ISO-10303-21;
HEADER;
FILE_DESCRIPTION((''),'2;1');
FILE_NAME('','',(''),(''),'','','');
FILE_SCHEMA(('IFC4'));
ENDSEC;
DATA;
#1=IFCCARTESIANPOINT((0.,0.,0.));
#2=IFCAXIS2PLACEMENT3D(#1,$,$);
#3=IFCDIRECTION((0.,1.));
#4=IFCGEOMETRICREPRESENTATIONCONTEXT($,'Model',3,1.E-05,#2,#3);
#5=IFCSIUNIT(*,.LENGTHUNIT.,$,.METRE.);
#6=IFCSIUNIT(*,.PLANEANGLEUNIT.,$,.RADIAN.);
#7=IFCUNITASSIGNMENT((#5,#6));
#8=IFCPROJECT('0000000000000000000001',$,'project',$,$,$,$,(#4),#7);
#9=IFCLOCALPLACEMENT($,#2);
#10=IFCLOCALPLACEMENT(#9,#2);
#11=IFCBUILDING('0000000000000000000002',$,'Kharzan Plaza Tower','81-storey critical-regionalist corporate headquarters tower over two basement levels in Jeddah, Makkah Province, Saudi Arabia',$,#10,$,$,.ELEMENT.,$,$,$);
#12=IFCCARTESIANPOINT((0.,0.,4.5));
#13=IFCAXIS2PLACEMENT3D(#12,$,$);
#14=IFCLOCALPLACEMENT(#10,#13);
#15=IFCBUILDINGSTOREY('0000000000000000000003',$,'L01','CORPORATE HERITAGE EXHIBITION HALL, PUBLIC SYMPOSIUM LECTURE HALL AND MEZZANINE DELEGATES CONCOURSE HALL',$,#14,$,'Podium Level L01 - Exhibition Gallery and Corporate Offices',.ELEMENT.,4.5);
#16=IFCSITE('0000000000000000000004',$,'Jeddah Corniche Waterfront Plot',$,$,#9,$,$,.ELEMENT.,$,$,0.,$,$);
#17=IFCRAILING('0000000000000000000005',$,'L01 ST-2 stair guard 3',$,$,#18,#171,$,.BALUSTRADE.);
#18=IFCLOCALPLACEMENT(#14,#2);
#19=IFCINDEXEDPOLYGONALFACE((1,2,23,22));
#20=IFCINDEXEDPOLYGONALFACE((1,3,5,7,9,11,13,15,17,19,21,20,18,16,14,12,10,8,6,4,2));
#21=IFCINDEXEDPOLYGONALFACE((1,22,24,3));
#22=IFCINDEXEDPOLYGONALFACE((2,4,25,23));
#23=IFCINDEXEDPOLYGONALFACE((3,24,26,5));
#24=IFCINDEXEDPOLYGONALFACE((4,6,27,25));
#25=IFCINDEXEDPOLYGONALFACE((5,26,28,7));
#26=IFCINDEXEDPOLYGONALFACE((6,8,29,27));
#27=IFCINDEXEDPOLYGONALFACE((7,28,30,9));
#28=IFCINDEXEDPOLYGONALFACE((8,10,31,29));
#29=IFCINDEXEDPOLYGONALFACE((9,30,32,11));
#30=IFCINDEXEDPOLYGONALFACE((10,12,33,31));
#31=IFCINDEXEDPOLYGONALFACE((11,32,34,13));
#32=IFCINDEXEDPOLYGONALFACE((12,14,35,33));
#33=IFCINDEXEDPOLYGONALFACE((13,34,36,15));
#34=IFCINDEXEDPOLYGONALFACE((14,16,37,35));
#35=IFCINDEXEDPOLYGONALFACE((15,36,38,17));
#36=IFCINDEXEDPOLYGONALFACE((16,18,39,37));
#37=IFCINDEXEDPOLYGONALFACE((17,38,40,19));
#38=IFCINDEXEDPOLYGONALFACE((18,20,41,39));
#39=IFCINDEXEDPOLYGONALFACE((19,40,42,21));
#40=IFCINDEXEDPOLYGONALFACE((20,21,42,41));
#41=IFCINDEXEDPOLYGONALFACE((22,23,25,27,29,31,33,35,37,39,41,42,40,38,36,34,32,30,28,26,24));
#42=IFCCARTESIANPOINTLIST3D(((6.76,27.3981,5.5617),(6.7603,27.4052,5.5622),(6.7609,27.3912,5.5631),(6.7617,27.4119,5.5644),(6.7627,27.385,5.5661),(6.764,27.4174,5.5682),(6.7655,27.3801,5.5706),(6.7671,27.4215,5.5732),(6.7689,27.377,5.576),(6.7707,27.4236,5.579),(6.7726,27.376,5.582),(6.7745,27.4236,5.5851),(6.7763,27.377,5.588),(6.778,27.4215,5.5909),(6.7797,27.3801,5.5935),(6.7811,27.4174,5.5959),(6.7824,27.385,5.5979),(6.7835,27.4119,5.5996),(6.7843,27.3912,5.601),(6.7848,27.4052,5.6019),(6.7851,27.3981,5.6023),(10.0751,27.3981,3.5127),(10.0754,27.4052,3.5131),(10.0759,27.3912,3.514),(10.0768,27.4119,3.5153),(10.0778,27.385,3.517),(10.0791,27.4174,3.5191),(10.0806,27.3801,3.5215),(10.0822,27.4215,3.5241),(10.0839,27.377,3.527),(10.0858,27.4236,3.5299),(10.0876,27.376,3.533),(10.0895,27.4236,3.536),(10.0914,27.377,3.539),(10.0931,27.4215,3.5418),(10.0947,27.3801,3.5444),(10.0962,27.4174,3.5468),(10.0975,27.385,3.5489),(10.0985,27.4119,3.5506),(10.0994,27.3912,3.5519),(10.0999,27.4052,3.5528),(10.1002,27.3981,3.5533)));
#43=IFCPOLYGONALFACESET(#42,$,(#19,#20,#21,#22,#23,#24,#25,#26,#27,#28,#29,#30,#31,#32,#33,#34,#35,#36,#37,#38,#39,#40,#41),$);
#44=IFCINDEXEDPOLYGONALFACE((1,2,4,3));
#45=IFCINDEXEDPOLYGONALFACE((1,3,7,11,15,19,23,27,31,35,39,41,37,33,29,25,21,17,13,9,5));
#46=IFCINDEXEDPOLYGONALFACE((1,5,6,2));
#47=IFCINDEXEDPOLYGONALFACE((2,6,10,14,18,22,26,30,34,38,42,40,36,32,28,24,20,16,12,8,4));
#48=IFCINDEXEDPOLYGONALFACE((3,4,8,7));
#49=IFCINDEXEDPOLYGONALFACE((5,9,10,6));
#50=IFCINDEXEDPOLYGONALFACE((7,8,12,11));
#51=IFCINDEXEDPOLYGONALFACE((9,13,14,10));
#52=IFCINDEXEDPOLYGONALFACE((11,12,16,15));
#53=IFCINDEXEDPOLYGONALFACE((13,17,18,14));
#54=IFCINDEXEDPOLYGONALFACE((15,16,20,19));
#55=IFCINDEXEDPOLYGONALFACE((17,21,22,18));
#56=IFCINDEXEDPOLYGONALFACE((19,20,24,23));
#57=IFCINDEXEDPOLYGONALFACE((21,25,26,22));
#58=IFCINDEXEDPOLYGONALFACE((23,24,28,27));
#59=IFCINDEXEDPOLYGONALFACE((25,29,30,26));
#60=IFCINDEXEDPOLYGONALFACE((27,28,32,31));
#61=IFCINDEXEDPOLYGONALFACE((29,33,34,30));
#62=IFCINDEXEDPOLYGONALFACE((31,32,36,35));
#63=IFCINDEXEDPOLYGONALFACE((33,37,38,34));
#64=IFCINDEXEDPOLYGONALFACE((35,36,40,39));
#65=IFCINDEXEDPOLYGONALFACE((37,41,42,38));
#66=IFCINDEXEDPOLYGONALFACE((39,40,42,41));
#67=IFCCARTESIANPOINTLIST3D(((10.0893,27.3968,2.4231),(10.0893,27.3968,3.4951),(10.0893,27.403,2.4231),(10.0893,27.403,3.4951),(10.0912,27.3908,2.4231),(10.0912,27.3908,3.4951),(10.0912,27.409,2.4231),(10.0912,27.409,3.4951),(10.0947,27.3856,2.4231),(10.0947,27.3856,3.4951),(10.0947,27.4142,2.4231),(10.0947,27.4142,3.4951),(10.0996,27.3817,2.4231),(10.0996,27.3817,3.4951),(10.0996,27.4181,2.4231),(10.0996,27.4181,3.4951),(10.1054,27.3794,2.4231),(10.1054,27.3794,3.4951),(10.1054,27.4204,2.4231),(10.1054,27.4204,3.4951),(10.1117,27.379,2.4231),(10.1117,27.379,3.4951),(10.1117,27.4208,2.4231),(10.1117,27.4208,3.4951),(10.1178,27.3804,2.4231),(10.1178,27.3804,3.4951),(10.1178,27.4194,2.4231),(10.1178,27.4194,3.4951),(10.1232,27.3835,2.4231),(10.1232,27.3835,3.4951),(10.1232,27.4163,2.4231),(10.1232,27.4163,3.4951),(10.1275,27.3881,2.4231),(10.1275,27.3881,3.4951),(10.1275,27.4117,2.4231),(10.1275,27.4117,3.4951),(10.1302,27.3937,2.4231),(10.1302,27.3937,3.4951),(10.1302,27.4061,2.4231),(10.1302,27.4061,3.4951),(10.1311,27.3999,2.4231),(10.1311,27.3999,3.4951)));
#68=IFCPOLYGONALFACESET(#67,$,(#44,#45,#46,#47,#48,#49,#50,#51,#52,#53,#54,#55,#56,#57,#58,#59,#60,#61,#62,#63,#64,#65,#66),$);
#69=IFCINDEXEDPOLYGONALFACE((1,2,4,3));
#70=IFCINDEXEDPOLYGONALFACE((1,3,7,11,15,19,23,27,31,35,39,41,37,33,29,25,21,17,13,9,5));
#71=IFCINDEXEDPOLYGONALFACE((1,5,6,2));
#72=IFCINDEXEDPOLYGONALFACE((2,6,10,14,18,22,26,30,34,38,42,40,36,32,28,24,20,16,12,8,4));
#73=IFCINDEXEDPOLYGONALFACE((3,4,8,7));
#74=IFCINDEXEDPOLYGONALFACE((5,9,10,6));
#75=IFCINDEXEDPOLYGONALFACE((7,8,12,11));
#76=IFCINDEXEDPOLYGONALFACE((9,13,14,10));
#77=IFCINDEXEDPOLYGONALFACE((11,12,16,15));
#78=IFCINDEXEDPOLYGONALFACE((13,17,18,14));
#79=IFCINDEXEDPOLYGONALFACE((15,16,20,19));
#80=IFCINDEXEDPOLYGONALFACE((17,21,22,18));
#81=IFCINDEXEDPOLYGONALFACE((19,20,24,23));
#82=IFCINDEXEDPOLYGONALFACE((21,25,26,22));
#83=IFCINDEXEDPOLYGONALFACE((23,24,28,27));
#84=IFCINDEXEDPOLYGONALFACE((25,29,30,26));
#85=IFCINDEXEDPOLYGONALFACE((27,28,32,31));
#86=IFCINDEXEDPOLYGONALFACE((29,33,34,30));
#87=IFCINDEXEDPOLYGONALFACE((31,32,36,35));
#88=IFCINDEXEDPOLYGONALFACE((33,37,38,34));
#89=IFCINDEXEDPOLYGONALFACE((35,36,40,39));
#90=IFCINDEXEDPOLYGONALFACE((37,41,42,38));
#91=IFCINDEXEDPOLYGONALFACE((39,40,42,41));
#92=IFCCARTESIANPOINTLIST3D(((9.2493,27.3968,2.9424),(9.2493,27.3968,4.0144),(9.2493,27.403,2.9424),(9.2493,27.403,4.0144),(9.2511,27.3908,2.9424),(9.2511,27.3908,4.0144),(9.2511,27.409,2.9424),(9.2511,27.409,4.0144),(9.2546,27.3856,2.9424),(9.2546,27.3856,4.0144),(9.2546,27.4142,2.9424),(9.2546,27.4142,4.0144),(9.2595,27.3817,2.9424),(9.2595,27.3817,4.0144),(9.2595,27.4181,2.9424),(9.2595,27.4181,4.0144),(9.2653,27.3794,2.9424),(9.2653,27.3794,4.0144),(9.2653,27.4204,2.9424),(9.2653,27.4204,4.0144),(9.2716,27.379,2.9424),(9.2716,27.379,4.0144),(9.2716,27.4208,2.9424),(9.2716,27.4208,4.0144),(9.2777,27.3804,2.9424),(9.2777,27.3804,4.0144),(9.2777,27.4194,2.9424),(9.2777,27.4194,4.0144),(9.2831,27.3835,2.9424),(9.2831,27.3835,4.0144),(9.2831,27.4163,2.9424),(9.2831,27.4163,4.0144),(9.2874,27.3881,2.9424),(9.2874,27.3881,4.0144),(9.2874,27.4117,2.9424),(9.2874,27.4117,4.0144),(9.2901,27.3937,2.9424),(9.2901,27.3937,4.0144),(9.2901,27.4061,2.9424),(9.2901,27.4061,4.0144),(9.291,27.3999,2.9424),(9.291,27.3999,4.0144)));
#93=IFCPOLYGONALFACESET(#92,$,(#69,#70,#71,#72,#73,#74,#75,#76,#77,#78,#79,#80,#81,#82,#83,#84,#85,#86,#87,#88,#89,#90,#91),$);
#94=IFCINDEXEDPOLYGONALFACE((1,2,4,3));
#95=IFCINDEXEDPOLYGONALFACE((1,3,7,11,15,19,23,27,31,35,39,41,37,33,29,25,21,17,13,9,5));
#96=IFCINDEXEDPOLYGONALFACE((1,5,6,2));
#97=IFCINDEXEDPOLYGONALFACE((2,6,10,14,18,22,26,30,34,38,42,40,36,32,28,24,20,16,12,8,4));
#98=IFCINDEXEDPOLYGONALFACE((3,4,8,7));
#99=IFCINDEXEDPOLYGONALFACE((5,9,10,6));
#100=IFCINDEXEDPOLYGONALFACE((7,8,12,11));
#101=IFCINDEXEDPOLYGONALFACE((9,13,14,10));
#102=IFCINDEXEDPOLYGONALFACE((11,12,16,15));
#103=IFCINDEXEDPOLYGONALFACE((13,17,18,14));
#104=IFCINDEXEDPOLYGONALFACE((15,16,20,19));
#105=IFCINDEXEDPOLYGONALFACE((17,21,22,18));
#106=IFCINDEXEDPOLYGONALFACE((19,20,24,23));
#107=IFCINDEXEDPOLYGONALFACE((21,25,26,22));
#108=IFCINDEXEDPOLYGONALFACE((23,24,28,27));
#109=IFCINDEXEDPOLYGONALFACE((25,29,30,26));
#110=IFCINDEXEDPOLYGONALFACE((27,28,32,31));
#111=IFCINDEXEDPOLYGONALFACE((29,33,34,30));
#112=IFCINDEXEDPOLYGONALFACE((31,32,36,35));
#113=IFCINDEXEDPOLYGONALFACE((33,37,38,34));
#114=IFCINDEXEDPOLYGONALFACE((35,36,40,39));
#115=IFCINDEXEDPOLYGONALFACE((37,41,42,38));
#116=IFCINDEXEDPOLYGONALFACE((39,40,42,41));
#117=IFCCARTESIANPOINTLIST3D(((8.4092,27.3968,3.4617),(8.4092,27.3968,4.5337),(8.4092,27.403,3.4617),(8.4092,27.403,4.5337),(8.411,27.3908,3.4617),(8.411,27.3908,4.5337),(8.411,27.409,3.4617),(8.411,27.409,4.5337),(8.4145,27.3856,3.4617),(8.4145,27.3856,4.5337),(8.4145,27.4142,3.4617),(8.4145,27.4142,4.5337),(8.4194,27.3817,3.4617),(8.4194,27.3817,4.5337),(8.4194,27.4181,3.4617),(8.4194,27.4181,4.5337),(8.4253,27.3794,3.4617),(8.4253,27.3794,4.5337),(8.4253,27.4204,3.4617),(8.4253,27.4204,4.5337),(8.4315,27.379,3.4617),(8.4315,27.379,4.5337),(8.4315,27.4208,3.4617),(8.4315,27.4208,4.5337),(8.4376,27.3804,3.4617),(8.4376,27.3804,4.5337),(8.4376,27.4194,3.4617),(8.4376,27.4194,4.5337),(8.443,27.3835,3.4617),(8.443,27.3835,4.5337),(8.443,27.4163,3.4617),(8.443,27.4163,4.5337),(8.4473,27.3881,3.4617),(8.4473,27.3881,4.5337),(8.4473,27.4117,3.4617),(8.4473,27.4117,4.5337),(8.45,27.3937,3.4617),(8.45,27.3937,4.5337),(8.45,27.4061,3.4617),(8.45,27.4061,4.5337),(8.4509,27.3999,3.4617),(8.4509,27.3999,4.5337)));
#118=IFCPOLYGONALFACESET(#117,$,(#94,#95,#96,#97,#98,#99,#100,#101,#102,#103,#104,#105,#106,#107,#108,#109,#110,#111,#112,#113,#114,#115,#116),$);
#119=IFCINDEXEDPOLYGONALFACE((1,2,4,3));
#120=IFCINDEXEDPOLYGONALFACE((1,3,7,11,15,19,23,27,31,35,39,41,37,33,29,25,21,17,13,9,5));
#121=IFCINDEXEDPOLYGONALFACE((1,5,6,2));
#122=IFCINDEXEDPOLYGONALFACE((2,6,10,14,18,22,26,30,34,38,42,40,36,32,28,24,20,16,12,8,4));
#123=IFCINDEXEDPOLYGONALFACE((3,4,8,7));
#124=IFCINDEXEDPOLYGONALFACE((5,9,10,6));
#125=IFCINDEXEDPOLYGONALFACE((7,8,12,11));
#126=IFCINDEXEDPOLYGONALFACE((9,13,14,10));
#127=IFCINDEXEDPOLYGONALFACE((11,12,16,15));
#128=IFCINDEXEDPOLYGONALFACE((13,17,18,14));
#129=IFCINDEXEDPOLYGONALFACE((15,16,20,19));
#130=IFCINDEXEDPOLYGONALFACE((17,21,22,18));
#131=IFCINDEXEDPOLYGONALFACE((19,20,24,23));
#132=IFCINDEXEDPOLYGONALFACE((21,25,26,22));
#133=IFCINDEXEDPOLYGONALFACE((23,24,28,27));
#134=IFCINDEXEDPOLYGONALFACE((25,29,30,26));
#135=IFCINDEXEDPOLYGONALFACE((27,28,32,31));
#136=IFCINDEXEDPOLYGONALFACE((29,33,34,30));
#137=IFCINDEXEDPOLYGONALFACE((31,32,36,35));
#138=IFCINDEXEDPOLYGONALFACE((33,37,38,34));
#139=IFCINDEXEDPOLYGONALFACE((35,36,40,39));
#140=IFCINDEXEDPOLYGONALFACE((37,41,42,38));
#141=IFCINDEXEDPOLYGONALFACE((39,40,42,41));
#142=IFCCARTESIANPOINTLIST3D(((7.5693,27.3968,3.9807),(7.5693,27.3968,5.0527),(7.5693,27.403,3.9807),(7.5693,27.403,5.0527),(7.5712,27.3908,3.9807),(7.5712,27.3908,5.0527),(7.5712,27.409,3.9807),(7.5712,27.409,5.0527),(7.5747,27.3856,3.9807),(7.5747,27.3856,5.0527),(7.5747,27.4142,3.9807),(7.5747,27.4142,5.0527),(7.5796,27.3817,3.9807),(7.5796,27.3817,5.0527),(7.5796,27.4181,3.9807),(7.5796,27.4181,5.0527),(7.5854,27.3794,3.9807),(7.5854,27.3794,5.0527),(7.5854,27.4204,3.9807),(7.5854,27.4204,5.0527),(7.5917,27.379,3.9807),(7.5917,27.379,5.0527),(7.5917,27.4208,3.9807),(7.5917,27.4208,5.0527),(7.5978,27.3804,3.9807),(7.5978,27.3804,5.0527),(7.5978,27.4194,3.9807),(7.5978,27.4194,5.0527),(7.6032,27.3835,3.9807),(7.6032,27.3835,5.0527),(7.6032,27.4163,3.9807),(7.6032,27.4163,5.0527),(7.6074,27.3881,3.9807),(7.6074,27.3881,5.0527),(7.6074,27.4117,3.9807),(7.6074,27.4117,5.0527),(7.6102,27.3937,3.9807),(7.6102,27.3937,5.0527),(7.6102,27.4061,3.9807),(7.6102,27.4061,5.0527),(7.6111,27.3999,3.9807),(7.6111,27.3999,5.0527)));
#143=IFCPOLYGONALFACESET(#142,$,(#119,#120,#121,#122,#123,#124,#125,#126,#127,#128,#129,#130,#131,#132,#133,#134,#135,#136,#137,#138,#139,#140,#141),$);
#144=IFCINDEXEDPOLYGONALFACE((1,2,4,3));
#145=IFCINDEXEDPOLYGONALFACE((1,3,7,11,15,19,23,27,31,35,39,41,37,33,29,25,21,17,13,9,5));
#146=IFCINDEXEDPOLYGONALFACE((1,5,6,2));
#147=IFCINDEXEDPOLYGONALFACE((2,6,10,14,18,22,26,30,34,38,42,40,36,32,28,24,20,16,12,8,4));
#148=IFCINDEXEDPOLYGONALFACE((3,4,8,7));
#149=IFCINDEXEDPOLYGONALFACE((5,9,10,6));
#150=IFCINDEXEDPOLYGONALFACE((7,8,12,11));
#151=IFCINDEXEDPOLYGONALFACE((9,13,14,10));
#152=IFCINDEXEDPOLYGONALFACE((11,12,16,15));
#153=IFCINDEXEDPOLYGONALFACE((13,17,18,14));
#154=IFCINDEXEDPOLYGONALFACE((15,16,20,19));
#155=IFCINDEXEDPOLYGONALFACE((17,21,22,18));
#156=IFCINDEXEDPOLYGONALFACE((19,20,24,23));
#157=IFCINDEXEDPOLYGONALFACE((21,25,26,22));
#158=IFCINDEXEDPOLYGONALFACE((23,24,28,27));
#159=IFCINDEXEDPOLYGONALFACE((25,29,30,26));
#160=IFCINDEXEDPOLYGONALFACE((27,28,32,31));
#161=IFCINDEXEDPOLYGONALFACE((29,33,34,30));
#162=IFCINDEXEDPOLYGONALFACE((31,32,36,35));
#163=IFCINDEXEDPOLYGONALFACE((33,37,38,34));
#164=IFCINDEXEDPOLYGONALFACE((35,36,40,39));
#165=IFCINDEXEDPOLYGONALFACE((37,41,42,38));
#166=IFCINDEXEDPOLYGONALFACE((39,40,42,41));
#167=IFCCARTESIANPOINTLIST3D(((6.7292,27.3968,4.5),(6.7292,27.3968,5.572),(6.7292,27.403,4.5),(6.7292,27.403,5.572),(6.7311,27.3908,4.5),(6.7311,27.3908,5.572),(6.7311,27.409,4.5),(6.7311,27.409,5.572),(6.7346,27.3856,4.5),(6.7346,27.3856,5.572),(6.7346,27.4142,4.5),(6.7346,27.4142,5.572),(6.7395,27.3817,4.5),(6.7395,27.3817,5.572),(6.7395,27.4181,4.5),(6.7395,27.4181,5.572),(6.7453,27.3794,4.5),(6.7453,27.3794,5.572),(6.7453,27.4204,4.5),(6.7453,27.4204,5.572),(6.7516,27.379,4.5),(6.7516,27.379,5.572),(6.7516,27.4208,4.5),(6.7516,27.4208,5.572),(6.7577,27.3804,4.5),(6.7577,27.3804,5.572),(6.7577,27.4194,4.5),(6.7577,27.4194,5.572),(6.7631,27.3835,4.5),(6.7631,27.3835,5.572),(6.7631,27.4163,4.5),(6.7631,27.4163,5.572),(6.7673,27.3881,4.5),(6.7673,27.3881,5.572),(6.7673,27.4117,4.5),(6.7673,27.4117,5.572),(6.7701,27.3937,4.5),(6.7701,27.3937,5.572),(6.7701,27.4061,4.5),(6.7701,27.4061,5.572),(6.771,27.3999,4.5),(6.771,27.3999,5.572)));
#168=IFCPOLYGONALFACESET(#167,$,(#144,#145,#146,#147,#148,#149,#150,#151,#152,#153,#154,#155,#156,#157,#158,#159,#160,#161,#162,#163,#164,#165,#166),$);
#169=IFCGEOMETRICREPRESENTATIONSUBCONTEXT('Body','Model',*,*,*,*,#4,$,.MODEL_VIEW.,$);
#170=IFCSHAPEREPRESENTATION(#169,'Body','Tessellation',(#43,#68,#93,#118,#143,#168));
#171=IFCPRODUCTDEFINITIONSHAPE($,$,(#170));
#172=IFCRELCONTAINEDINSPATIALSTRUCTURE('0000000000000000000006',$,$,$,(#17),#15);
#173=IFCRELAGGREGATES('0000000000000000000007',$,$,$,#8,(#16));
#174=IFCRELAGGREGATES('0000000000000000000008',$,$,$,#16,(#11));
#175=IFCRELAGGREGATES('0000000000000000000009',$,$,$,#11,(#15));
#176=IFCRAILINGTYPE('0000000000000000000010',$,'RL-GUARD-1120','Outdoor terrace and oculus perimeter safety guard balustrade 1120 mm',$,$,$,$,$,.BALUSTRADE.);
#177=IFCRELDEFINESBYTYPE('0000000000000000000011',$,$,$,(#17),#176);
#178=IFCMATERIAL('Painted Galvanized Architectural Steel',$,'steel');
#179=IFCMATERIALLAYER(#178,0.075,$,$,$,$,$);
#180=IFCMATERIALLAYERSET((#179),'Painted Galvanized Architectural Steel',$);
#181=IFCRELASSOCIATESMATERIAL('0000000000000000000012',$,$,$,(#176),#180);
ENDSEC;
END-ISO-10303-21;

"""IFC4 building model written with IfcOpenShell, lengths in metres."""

from ifc_helpers import new_model, si_unit, direction, frame, origin, origin_2d, place, context, subcontext, project, spatial, circle, extrude, source, transform, mapped, material, layer, layer_set, type_object, element, save


model = new_model("IFC4")

# Units and contexts
model_context = context("Model", 3, precision=1e-05, world=origin(), true_north=direction((0.0, 1.0)))
body_context = subcontext(model_context, "Body", "Model", "MODEL_VIEW")
ifc_project = project(units=[si_unit("LENGTHUNIT", "METRE"), si_unit("PLANEANGLEUNIT", "RADIAN")], contexts=[model_context])

# Site, building, storey
site_placement = place(None, origin())
site = spatial("IfcSite", under=ifc_project, at=site_placement, Name="Jeddah Corniche Waterfront Plot", CompositionType="ELEMENT", RefElevation=0.0)
building_placement = place(site_placement, origin())
building = spatial("IfcBuilding", under=site, at=building_placement, Name="Kharzan Plaza Tower", Description="81-storey critical-regionalist corporate headquarters tower over two basement levels in Jeddah, Makkah Province, Saudi Arabia", CompositionType="ELEMENT")
storey_placement = place(building_placement, frame((0.0, 0.0, 4.5)))
storey = spatial("IfcBuildingStorey", under=building, at=storey_placement, Name="L01", Description="CORPORATE HERITAGE EXHIBITION HALL, PUBLIC SYMPOSIUM LECTURE HALL AND MEZZANINE DELEGATES CONCOURSE HALL", LongName="Podium Level L01 - Exhibition Gallery and Corporate Offices", CompositionType="ELEMENT", Elevation=4.5)

# Railing
ifc_material_1 = material(Name="Painted Galvanized Architectural Steel", Category="steel")
ifc_layer_1 = layer(ifc_material_1, 0.075)
ifc_layer_set_1 = layer_set([ifc_layer_1], Name="Painted Galvanized Architectural Steel")
railing_type_1 = type_object("IfcRailingType", Name="RL-GUARD-1120", Description="Outdoor terrace and oculus perimeter safety guard balustrade 1120 mm", PredefinedType="BALUSTRADE", material=ifc_layer_set_1)
shared_shape_1 = source(origin(), body_context, "Body", "SweptSolid", [
    extrude(circle(Radius=0.0239, at=origin_2d()), frame((-0.0225, 0.0, 1.1099), z_axis=(-0.850623, 0.0, 0.525776), x_axis=(0.0, -1.0, 0.0)), (0.0, 0.0, 1.0), 3.8972),
    extrude(circle(Radius=0.021, at=origin_2d()), origin(), (0.0, 0.0, 1.0), 1.072),
    extrude(circle(Radius=0.021, at=origin_2d()), frame((-0.8401, 0.0, 0.5193)), (0.0, 0.0, 1.0), 1.072),
    extrude(circle(Radius=0.021, at=origin_2d()), frame((-1.6802, 0.0, 1.0386)), (0.0, 0.0, 1.0), 1.072),
    extrude(circle(Radius=0.021, at=origin_2d()), frame((-2.52, 0.0, 1.5576)), (0.0, 0.0, 1.0), 1.072),
    extrude(circle(Radius=0.021, at=origin_2d()), frame((-3.3601, 0.0, 2.0769)), (0.0, 0.0, 1.0), 1.072),
])
railing_1_placement = place(storey_placement, frame((10.1101, 27.3999, 2.4231)))
element("IfcRailing", 1, at=railing_1_placement, inside=storey, type_object=railing_type_1, Name="L01 ST-2 stair guard 3", PredefinedType="BALUSTRADE", context=body_context, shape_type="MappedRepresentation", body=[
    mapped(shared_shape_1, transform((0.0, 0.0, 0.0), x_axis=(1.0, 0.0, 0.0), y_axis=(0.0, 1.0, 0.0), z_axis=(0.0, 0.0, 1.0))),
])

save(model, "model.ifc")
